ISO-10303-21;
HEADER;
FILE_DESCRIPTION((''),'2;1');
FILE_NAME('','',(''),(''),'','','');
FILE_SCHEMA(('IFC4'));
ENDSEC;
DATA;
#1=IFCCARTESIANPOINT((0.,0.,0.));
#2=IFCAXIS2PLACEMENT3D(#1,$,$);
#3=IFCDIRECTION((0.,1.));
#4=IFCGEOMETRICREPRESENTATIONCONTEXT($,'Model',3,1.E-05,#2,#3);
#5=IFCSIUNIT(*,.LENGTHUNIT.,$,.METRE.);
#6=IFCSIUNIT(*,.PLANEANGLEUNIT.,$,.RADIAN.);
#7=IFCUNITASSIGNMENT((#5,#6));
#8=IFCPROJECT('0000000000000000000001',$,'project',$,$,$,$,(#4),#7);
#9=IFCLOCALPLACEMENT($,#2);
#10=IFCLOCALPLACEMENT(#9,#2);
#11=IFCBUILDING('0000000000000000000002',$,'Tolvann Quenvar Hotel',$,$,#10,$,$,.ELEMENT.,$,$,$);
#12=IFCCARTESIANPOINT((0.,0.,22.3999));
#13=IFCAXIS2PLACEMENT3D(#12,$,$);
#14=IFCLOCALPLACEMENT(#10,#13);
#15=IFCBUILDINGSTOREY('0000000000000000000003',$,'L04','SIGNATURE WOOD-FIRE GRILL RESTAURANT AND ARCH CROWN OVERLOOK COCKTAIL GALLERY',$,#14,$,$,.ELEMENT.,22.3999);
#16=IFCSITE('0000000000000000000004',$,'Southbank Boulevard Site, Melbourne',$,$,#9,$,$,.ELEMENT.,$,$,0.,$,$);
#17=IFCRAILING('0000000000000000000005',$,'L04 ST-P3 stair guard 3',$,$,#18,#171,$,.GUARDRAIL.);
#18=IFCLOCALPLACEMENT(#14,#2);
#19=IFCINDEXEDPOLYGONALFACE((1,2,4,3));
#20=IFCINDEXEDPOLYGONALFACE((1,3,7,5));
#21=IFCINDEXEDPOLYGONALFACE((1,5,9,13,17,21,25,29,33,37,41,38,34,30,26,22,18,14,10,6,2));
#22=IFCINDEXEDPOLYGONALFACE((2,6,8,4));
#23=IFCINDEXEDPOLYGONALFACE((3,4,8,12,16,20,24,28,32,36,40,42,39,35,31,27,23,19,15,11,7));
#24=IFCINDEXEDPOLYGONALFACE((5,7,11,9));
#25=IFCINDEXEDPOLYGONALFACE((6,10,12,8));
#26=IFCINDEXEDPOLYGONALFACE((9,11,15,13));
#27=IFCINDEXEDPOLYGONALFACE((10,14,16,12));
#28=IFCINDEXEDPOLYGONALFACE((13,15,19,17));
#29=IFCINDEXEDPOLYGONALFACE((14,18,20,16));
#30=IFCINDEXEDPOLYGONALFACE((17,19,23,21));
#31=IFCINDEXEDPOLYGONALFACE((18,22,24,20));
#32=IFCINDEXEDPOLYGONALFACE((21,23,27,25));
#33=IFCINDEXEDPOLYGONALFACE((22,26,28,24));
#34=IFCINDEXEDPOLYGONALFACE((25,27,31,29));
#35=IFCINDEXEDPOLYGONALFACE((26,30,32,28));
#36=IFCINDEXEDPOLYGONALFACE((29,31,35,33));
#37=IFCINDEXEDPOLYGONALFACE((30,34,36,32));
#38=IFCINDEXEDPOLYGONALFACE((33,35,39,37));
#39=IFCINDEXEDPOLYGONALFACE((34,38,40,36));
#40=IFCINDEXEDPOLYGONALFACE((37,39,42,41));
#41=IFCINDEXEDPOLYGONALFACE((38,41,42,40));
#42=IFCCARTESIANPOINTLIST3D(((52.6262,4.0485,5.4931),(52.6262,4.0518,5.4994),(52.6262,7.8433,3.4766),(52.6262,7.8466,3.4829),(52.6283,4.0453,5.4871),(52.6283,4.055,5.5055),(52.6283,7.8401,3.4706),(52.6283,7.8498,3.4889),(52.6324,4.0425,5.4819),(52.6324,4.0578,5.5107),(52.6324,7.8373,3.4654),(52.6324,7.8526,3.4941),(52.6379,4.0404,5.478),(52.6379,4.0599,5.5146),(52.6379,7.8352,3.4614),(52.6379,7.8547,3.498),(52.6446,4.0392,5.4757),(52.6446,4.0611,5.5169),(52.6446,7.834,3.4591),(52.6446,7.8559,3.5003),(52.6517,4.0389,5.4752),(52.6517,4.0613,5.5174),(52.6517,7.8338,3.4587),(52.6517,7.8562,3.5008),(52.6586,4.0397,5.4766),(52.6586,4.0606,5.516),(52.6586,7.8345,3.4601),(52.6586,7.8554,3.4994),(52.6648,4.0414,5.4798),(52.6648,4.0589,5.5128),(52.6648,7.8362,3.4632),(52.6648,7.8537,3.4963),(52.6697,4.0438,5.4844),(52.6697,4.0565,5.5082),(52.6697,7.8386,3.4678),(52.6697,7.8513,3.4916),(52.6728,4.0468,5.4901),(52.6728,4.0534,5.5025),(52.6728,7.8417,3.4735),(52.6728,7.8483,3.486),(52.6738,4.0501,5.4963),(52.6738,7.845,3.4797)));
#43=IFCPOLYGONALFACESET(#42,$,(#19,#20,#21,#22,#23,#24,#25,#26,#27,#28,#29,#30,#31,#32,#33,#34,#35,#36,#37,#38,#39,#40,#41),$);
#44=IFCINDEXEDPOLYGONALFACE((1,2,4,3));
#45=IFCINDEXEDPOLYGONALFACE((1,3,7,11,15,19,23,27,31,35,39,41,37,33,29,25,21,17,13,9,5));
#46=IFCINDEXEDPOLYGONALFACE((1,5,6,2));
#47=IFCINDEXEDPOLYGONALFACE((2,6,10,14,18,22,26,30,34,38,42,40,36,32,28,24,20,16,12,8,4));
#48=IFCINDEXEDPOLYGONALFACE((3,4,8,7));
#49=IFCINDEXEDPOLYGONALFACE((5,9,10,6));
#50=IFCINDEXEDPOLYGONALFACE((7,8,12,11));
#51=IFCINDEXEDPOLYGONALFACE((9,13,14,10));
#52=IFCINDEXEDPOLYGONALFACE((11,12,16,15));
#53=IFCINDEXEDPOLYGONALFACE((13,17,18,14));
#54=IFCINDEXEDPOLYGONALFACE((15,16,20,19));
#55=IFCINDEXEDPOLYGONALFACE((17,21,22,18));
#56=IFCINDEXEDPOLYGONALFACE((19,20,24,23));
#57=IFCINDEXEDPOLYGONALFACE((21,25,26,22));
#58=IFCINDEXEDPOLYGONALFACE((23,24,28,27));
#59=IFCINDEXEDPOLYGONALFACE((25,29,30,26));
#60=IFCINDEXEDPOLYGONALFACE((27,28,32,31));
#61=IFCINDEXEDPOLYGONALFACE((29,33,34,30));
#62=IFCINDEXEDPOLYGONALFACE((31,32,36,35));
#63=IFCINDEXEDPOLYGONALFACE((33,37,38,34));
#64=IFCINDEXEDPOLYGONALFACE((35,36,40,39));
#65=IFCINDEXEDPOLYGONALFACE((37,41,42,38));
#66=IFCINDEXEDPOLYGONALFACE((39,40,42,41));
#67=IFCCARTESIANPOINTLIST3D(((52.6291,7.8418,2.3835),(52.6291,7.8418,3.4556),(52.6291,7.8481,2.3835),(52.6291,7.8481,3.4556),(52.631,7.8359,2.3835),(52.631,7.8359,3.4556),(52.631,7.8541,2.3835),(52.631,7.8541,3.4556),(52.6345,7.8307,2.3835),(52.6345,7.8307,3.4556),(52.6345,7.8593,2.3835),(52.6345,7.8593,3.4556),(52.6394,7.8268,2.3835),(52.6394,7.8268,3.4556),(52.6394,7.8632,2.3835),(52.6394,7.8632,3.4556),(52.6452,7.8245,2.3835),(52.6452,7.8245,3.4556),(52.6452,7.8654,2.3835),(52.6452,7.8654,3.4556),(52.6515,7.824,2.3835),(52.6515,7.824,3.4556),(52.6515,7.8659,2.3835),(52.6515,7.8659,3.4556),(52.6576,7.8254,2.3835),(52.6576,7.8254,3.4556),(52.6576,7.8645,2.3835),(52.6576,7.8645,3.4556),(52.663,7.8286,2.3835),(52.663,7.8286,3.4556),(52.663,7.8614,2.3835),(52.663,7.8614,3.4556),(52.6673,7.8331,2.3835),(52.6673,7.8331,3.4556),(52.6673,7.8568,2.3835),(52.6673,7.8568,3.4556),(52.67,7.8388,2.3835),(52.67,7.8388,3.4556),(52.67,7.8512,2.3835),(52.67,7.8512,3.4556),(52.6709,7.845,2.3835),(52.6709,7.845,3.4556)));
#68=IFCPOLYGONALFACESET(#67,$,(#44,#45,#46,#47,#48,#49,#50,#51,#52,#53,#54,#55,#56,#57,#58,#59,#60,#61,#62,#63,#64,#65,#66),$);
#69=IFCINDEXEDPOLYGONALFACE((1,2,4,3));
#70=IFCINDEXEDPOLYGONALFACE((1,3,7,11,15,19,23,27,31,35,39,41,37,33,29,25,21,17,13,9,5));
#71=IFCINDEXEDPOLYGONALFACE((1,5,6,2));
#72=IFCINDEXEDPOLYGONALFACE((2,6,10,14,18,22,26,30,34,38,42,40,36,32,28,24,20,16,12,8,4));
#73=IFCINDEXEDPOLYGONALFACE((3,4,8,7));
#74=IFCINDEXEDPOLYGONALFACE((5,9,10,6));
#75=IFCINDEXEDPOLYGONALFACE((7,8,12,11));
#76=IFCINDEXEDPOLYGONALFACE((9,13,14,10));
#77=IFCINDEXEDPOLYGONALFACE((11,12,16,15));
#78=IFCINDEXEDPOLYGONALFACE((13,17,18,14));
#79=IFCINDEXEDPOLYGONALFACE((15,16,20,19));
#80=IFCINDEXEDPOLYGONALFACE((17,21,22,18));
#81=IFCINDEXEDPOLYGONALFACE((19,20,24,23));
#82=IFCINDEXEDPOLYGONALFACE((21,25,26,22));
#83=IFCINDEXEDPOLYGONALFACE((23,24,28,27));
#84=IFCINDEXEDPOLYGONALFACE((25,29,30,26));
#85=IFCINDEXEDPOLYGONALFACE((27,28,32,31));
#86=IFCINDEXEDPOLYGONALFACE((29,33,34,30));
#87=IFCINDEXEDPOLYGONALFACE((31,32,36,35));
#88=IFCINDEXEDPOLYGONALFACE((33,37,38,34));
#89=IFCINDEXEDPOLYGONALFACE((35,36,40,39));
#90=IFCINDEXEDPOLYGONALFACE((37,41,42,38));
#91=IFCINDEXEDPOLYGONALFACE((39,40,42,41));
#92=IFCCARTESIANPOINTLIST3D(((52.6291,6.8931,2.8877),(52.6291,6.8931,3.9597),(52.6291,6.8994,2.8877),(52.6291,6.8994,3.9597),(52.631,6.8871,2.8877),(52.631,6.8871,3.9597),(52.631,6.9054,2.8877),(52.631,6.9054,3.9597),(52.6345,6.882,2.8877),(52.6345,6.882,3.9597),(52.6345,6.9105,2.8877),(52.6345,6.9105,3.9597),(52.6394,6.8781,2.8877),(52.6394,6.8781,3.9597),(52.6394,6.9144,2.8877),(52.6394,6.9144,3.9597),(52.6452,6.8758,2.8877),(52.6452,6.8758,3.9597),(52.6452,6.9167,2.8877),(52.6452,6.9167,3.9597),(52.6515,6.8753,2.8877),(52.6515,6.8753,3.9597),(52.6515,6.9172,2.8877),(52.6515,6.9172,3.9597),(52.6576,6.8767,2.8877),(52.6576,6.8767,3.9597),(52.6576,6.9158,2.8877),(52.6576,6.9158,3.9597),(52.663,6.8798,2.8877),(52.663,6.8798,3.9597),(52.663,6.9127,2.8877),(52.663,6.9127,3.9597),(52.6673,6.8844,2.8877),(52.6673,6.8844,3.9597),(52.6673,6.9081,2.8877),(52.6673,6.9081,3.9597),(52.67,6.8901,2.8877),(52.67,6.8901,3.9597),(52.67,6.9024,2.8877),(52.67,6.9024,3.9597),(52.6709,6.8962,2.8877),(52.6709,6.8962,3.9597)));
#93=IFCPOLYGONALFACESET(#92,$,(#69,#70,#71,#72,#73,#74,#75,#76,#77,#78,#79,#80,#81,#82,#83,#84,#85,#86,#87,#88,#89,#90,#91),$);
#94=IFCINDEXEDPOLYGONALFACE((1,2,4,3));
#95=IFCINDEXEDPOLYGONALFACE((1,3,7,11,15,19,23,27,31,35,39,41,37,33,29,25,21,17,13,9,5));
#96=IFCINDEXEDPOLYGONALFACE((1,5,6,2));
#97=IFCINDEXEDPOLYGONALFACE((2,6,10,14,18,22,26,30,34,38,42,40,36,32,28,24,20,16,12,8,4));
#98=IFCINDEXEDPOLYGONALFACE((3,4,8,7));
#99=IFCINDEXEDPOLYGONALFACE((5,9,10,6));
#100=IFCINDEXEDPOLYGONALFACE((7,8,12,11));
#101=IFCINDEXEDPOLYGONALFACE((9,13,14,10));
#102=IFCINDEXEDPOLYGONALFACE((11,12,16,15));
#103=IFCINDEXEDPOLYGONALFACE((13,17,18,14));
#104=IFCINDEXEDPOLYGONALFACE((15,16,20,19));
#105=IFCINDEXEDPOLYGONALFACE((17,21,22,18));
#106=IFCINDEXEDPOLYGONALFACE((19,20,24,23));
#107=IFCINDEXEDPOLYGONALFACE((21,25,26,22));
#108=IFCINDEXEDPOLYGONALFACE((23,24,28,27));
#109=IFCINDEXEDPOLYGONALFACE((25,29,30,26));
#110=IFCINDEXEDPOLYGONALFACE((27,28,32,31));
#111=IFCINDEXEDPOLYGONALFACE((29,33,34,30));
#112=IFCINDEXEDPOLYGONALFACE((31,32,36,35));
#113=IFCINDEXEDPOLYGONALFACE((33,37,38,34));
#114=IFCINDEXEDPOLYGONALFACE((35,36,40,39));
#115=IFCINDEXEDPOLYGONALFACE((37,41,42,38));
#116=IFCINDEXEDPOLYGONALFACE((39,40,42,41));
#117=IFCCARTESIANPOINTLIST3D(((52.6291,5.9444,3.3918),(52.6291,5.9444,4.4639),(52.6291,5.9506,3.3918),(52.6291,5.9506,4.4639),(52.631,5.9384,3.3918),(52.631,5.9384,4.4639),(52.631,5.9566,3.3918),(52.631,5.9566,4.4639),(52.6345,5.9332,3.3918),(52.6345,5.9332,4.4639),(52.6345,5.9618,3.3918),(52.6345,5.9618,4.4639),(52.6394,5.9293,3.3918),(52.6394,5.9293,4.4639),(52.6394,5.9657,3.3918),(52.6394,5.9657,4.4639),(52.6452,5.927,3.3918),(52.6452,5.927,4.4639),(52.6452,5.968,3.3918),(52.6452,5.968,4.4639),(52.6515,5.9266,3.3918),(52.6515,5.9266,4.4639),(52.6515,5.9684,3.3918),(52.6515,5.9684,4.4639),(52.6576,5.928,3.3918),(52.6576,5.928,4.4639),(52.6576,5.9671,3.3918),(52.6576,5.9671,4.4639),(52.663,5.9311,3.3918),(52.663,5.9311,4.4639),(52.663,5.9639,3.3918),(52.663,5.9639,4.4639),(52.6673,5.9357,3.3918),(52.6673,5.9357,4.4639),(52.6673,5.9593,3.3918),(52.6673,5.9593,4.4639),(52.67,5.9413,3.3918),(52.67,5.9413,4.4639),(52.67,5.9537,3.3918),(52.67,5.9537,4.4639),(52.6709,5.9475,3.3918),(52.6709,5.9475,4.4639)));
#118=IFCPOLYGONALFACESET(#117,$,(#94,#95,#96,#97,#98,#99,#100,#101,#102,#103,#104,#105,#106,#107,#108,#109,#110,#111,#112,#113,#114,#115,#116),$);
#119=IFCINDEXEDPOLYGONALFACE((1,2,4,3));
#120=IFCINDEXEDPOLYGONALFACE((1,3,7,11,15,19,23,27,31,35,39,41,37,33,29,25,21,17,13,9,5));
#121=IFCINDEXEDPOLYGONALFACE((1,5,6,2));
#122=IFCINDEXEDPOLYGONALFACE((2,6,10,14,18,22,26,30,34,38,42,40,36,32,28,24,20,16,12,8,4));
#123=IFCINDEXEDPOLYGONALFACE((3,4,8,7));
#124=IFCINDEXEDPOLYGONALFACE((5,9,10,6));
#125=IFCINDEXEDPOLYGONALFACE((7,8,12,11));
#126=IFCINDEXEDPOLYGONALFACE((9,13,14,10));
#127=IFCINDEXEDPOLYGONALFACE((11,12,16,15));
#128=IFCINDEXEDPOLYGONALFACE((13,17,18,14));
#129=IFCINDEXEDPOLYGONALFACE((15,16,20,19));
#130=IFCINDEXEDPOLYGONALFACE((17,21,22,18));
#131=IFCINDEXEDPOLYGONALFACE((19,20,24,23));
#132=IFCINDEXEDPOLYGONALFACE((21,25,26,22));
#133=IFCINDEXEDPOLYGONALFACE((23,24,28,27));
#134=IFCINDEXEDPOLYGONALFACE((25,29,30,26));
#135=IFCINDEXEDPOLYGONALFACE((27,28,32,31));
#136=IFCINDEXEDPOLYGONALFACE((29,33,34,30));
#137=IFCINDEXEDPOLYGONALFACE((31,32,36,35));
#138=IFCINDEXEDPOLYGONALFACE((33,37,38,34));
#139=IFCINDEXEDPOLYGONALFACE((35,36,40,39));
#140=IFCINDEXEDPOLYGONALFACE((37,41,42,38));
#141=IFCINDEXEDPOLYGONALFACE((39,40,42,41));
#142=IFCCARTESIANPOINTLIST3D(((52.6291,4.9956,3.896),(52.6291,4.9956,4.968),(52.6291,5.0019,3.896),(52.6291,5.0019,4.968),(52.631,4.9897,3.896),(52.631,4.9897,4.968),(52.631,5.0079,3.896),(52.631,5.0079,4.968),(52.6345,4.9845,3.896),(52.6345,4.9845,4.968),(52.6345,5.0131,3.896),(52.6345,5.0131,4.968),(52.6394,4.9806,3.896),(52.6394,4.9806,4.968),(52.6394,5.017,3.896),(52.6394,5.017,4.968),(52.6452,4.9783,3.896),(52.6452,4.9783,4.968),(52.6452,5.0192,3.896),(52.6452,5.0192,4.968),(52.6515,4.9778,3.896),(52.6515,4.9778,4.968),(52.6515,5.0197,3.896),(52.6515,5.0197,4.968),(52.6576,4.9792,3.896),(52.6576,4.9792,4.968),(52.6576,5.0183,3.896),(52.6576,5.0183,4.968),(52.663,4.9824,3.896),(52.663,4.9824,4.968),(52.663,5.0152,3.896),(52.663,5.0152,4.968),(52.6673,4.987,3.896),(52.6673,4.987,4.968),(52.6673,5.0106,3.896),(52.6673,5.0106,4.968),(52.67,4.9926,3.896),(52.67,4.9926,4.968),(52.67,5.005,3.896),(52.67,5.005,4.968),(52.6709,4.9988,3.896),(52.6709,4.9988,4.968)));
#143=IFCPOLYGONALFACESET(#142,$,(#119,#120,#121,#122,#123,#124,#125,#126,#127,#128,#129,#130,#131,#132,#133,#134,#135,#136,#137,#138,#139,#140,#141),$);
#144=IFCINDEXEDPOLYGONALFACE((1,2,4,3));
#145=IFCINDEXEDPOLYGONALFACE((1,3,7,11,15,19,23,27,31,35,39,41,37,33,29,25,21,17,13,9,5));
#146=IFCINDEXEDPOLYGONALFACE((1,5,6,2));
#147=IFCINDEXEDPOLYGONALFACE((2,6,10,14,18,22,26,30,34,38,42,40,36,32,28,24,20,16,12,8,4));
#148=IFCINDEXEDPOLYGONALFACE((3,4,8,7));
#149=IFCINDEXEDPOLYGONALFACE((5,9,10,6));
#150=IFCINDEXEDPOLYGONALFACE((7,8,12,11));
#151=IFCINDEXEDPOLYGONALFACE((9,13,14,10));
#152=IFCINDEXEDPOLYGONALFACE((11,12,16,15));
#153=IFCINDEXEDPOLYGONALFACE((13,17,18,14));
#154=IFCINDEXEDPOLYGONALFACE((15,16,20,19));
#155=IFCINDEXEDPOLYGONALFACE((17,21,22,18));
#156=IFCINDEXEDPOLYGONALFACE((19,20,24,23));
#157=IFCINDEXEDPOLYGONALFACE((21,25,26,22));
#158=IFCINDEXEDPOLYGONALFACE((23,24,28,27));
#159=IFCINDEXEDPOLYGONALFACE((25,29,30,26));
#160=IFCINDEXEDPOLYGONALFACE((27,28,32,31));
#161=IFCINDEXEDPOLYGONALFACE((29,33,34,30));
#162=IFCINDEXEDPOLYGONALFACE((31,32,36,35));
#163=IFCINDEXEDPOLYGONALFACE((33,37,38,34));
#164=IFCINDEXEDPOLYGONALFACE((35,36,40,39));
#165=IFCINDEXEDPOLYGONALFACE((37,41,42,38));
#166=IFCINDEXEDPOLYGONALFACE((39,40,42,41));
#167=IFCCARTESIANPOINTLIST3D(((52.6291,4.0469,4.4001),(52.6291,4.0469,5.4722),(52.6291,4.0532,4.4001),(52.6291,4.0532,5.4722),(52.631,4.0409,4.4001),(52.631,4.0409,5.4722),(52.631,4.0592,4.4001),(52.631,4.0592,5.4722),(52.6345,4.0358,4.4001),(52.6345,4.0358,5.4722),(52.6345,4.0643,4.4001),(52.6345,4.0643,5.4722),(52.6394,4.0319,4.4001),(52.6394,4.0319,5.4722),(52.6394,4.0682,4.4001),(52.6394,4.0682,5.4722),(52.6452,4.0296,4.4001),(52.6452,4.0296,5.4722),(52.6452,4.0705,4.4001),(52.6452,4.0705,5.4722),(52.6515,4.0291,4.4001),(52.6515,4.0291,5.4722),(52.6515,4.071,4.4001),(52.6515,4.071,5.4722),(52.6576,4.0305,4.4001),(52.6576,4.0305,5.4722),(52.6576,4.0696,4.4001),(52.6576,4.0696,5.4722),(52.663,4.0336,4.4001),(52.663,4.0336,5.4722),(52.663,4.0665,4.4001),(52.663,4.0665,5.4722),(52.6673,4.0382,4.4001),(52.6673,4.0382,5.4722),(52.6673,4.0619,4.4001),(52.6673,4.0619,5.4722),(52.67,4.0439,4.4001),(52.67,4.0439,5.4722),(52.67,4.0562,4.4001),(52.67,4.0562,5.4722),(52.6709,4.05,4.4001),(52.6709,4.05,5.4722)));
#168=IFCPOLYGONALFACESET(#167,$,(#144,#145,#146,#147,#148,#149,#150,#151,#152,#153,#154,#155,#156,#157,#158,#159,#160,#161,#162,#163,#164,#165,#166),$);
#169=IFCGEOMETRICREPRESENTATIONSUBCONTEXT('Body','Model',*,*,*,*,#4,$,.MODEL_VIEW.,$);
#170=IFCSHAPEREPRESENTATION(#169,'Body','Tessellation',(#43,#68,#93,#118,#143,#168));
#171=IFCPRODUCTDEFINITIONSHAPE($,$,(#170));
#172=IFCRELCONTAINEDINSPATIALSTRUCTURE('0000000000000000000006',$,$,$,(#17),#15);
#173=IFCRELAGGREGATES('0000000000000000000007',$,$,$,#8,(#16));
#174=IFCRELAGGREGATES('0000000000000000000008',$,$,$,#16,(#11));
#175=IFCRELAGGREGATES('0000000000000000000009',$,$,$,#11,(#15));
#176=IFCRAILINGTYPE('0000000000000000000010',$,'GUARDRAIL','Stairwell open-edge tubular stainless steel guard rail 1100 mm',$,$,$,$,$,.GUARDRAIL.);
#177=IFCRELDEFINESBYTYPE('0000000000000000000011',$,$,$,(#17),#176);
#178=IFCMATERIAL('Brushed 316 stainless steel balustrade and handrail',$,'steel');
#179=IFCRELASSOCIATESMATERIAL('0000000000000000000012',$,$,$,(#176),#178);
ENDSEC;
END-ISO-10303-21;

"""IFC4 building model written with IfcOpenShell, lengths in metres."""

from ifc_helpers import new_model, si_unit, direction, frame, origin, origin_2d, place, context, subcontext, project, spatial, circle, extrude, material, type_object, element, save


model = new_model("IFC4")

# Units and contexts
model_context = context("Model", 3, precision=1e-05, world=origin(), true_north=direction((0.0, 1.0)))
body_context = subcontext(model_context, "Body", "Model", "MODEL_VIEW")
ifc_project = project(units=[si_unit("LENGTHUNIT", "METRE"), si_unit("PLANEANGLEUNIT", "RADIAN")], contexts=[model_context])

# Site, building, storey
site_placement = place(None, origin())
site = spatial("IfcSite", under=ifc_project, at=site_placement, Name="Southbank Boulevard Site, Melbourne", CompositionType="ELEMENT", RefElevation=0.0)
building_placement = place(site_placement, origin())
building = spatial("IfcBuilding", under=site, at=building_placement, Name="Tolvann Quenvar Hotel", CompositionType="ELEMENT")
storey_placement = place(building_placement, frame((0.0, 0.0, 22.3999)))
storey = spatial("IfcBuildingStorey", under=building, at=storey_placement, Name="L04", Description="SIGNATURE WOOD-FIRE GRILL RESTAURANT AND ARCH CROWN OVERLOOK COCKTAIL GALLERY", CompositionType="ELEMENT", Elevation=22.3999)

# Railing
ifc_material_1 = material(Name="Brushed 316 stainless steel balustrade and handrail", Category="steel")
railing_type_1 = type_object("IfcRailingType", Name="GUARDRAIL", Description="Stairwell open-edge tubular stainless steel guard rail 1100 mm", PredefinedType="GUARDRAIL", material=ifc_material_1)
railing_1_placement = place(storey_placement, frame((52.6499, 7.845, 2.3835)))
element("IfcRailing", 1, at=railing_1_placement, inside=storey, type_object=railing_type_1, Name="L04 ST-P3 stair guard 3", PredefinedType="GUARDRAIL", context=body_context, shape_type="SweptSolid", body=[
    extrude(circle(Radius=0.0239, at=origin_2d()), frame((0.0, 0.0, 1.0962), z_axis=(0.0, -0.883063, 0.469255), x_axis=(1.0, 0.0, 0.0)), (0.0, 0.0, 1.0), 4.2974),
    extrude(circle(Radius=0.021, at=origin_2d()), origin(), (0.0, 0.0, 1.0), 1.072),
    extrude(circle(Radius=0.021, at=origin_2d()), frame((0.0, -0.9487, 0.5042)), (0.0, 0.0, 1.0), 1.072),
    extrude(circle(Radius=0.021, at=origin_2d()), frame((0.0, -1.8975, 1.0083)), (0.0, 0.0, 1.0), 1.072),
    extrude(circle(Radius=0.021, at=origin_2d()), frame((0.0, -2.8462, 1.5125)), (0.0, 0.0, 1.0), 1.072),
    extrude(circle(Radius=0.021, at=origin_2d()), frame((0.0, -3.7949, 2.0166)), (0.0, 0.0, 1.0), 1.072),
])

save(model, "model.ifc")
